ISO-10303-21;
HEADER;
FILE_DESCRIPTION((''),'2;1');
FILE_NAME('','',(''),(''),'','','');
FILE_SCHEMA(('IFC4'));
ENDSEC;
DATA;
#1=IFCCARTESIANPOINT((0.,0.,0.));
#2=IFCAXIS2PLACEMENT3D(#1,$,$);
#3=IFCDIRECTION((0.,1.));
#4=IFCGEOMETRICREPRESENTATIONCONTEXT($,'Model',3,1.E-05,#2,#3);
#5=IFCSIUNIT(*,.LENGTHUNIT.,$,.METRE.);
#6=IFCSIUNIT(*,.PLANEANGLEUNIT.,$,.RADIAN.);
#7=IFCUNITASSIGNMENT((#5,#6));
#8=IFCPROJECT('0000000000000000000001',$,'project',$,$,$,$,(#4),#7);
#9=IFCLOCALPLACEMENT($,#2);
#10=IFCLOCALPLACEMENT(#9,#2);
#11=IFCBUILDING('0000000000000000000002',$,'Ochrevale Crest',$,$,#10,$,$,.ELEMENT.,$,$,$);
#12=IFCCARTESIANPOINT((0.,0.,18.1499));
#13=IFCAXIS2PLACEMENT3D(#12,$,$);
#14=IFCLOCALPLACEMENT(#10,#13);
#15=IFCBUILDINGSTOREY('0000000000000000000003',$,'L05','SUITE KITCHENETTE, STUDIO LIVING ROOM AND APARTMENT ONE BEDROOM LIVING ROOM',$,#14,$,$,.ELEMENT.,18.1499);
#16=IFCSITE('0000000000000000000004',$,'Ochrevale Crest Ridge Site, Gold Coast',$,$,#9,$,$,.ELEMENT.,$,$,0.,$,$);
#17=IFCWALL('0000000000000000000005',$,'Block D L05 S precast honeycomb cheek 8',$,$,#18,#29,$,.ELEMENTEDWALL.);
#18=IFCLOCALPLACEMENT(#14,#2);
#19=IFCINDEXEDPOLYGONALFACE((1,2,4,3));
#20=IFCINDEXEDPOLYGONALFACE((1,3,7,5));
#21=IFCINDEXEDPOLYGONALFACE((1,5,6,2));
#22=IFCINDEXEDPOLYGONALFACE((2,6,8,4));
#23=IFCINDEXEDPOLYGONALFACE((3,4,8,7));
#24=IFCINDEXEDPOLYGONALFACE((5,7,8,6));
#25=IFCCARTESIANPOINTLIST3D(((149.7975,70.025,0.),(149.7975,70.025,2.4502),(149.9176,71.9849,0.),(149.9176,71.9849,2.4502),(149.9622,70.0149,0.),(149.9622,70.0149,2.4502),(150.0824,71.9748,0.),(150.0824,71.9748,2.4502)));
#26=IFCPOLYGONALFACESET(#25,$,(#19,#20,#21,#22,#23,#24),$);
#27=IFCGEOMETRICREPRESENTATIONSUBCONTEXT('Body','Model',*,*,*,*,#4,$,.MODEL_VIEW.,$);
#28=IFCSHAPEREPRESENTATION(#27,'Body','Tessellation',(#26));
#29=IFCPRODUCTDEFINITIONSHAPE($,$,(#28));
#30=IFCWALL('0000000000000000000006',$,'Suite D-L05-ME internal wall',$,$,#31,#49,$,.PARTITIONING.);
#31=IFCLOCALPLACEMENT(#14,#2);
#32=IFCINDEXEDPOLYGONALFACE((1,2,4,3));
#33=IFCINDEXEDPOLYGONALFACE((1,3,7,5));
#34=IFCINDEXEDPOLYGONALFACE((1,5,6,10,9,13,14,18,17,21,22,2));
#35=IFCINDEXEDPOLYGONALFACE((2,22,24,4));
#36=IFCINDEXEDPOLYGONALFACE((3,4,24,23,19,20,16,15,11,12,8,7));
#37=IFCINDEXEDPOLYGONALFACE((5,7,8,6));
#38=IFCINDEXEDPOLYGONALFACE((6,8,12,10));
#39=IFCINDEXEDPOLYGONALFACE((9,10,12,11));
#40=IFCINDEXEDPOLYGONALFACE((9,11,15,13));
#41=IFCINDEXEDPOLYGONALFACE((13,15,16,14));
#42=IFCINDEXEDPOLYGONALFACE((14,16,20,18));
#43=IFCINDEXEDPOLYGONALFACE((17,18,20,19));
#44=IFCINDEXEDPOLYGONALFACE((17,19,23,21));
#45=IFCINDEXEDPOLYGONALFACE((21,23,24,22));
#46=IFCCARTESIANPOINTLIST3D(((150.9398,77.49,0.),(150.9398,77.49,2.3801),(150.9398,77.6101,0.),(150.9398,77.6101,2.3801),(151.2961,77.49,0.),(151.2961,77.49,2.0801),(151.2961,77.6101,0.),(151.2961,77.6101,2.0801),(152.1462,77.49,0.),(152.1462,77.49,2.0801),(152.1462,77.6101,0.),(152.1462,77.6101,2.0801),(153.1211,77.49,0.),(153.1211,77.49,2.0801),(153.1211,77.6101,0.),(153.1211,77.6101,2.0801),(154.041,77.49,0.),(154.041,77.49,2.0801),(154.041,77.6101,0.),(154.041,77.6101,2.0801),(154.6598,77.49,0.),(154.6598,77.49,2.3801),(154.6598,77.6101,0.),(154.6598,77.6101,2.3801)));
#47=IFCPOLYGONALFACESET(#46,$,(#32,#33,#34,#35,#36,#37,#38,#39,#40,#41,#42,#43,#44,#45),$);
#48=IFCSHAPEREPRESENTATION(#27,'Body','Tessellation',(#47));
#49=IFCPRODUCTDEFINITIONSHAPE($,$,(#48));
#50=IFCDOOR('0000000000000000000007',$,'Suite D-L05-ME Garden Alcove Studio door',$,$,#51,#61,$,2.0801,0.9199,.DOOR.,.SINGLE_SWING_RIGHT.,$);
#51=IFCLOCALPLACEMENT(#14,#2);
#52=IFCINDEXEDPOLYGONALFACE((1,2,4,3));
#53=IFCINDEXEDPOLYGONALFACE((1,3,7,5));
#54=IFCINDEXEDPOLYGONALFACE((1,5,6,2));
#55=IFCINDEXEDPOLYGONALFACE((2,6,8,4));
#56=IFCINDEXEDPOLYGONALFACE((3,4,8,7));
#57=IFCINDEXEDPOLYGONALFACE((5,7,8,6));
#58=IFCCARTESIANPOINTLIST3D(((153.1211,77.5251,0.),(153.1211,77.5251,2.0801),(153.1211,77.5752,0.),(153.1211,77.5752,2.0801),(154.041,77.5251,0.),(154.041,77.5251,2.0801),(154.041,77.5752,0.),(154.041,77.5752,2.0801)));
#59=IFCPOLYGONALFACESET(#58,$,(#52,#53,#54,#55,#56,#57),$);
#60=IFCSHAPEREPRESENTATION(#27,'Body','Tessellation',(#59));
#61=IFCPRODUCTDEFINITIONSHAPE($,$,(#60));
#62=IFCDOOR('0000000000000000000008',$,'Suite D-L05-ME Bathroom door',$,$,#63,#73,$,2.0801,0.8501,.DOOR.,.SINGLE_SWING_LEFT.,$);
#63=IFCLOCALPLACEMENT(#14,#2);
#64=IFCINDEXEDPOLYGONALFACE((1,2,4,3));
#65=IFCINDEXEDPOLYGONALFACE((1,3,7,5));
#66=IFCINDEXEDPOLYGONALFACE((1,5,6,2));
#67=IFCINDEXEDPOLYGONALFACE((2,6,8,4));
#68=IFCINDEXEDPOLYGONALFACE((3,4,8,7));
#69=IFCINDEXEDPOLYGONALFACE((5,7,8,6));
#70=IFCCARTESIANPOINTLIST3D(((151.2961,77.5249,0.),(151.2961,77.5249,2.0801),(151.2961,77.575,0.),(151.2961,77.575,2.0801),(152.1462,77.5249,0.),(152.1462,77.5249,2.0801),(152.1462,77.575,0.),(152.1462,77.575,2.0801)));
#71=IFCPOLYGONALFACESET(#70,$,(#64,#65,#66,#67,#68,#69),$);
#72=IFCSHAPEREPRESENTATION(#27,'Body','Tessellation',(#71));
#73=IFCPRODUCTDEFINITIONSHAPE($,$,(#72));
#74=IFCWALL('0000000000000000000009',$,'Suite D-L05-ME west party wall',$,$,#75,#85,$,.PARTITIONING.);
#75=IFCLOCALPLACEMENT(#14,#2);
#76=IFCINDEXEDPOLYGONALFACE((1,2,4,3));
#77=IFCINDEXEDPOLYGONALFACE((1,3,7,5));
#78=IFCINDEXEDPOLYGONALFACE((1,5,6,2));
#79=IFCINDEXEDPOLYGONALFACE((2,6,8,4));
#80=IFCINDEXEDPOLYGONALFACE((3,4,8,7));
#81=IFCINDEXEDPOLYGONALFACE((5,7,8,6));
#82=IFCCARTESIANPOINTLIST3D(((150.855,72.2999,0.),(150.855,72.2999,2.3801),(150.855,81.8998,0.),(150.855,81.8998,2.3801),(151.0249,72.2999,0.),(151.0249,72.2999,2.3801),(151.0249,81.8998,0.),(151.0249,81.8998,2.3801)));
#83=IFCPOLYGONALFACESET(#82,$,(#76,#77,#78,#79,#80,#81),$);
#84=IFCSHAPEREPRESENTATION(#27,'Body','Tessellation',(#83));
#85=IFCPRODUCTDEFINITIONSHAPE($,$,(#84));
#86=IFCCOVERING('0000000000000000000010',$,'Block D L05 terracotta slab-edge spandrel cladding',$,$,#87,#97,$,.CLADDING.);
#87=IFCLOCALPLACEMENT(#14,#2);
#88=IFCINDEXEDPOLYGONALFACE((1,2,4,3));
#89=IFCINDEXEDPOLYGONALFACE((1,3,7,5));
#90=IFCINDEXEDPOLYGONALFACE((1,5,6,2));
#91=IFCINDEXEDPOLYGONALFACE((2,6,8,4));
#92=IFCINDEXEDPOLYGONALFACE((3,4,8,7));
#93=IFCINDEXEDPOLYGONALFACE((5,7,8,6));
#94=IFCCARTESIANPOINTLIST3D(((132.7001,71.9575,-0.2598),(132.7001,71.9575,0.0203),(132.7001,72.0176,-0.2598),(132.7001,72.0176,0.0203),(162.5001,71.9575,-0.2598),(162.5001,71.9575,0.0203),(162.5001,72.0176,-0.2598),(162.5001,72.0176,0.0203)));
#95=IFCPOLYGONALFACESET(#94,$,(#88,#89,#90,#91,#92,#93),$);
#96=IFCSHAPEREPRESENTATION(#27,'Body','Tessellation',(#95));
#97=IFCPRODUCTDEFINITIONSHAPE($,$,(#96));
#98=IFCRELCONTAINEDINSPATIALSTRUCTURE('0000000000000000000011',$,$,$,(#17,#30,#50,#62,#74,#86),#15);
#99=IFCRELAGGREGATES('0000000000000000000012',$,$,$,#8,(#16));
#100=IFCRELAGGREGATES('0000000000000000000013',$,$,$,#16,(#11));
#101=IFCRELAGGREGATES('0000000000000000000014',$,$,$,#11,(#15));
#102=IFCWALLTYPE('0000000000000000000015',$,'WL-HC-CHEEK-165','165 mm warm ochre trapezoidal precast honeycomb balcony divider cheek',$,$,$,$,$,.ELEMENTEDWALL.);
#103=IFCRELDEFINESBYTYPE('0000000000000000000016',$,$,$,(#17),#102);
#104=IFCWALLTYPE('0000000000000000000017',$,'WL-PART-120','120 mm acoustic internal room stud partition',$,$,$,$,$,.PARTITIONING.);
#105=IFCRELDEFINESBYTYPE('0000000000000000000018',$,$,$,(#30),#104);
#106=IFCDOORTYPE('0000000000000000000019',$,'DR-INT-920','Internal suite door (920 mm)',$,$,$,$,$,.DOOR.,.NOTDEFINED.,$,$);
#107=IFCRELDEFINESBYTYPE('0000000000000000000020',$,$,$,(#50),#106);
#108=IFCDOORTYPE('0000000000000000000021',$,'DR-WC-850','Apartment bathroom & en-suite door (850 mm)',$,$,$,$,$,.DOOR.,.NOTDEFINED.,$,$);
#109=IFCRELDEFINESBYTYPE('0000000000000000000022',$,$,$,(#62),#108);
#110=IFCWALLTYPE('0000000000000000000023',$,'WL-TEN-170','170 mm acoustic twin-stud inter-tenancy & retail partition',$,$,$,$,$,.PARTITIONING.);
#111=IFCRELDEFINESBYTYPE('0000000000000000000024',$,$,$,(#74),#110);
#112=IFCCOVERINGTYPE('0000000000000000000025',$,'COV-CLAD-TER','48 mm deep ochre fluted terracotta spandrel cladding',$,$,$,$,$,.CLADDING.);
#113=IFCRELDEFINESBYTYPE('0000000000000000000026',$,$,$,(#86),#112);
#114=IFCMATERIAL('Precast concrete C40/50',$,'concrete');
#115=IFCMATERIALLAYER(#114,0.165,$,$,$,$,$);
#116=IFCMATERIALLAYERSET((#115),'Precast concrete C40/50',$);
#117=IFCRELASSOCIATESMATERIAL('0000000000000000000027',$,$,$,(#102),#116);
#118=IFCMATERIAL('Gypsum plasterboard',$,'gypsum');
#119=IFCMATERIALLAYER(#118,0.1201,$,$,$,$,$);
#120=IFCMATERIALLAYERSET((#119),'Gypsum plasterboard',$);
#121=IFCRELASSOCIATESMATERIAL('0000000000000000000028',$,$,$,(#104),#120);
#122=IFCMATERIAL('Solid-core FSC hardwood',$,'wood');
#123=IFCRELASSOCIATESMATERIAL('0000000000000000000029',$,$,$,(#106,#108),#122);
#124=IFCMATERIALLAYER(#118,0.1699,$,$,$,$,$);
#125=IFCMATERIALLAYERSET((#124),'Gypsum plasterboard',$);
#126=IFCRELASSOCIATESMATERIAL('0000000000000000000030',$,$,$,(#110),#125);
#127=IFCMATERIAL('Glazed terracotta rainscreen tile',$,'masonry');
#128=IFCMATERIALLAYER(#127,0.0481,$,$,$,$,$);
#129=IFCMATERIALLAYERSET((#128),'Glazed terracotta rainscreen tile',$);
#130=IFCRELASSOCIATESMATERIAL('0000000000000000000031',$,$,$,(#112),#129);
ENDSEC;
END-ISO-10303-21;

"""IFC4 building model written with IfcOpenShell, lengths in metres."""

from ifc_helpers import new_model, si_unit, direction, frame, frame_2d, origin, origin_2d, place, context, subcontext, project, spatial, rectangle, extrude, material, layer, layer_set, type_object, element, fill, save


model = new_model("IFC4")

# Units and contexts
model_context = context("Model", 3, precision=1e-05, world=origin(), true_north=direction((0.0, 1.0)))
body_context = subcontext(model_context, "Body", "Model", "MODEL_VIEW")
ifc_project = project(units=[si_unit("LENGTHUNIT", "METRE"), si_unit("PLANEANGLEUNIT", "RADIAN")], contexts=[model_context])

# Site, building, storey
site_placement = place(None, origin())
site = spatial("IfcSite", under=ifc_project, at=site_placement, Name="Ochrevale Crest Ridge Site, Gold Coast", CompositionType="ELEMENT", RefElevation=0.0)
building_placement = place(site_placement, origin())
building = spatial("IfcBuilding", under=site, at=building_placement, Name="Ochrevale Crest", CompositionType="ELEMENT")
storey_placement = place(building_placement, frame((0.0, 0.0, 18.1499)))
storey = spatial("IfcBuildingStorey", under=building, at=storey_placement, Name="L05", Description="SUITE KITCHENETTE, STUDIO LIVING ROOM AND APARTMENT ONE BEDROOM LIVING ROOM", CompositionType="ELEMENT", Elevation=18.1499)

# Shared definitions
ifc_material_1 = material(Name="Precast concrete C40/50", Category="concrete")

# Wall
ifc_layer_1 = layer(ifc_material_1, 0.165)
ifc_layer_set_1 = layer_set([ifc_layer_1], Name="Precast concrete C40/50")
wall_type_1 = type_object("IfcWallType", Name="WL-HC-CHEEK-165", Description="165 mm warm ochre trapezoidal precast honeycomb balcony divider cheek", PredefinedType="ELEMENTEDWALL", material=ifc_layer_set_1)
for number, where, z_axis, x_axis, name in (
    (1, (150.0, 71.98, 0.0), (0.0, 0.0, 1.0), (-0.061171, -0.998127, 0.0), "Block D L05 S precast honeycomb cheek 8"),
):
    element("IfcWall", number, at=place(storey_placement, frame(where, z_axis=z_axis, x_axis=x_axis)), inside=storey, type_object=wall_type_1, Name=name, PredefinedType="ELEMENTEDWALL", context=body_context, shape_type="SweptSolid", body=[
        extrude(rectangle(XDim=1.9636, YDim=0.165, at=frame_2d((0.9819, 0.0))), origin(), (0.0, 0.0, 1.0), 2.4502),
    ])

# Wall, openings, doors
ifc_material_2 = material(Name="Gypsum plasterboard", Category="gypsum")
ifc_layer_2 = layer(ifc_material_2, 0.1201)
ifc_layer_set_2 = layer_set([ifc_layer_2], Name="Gypsum plasterboard")
wall_type_2 = type_object("IfcWallType", Name="WL-PART-120", Description="120 mm acoustic internal room stud partition", PredefinedType="PARTITIONING", material=ifc_layer_set_2)
wall_1_placement = place(storey_placement, frame((150.9399, 77.55, 0.0), z_axis=(0.0, 0.0, 1.0), x_axis=(1.0, 0.0, 0.0)))
wall_1 = element("IfcWall", 2, at=wall_1_placement, inside=storey, type_object=wall_type_2, Name="Suite D-L05-ME internal wall", PredefinedType="PARTITIONING", context=body_context, shape_type="SweptSolid", body=[
    extrude(rectangle(XDim=3.72, YDim=0.1201, at=frame_2d((1.8599, 0.0))), origin(), (0.0, 0.0, 1.0), 2.3801),
])
opening_1_placement = place(wall_1_placement, frame((0.3562, 0.0, 0.0)))
opening_1 = element("IfcOpeningElement", 3, at=opening_1_placement, cuts=wall_1, PredefinedType="OPENING", context=body_context, shape_type="SweptSolid", body=[
    extrude(rectangle(XDim=0.8501, YDim=2.0801, at=frame_2d((0.425, 1.04))), frame((0.0, 0.0701, 0.0), z_axis=(0.0, -1.0, 0.0), x_axis=(1.0, 0.0, 0.0)), (0.0, 0.0, 1.0), 0.1401),
])
opening_2_placement = place(wall_1_placement, frame((3.1011, 0.0, 0.0), z_axis=(0.0, 0.0, 1.0), x_axis=(-1.0, 0.0, 0.0)))
opening_2 = element("IfcOpeningElement", 4, at=opening_2_placement, cuts=wall_1, PredefinedType="OPENING", context=body_context, shape_type="SweptSolid", body=[
    extrude(rectangle(XDim=0.9199, YDim=2.0801, at=frame_2d((0.46, 1.04))), frame((0.0, 0.0701, 0.0), z_axis=(0.0, -1.0, 0.0), x_axis=(1.0, 0.0, 0.0)), (0.0, 0.0, 1.0), 0.1401),
])
ifc_material_3 = material(Name="Solid-core FSC hardwood", Category="wood")
door_type_1 = type_object("IfcDoorType", Name="DR-INT-920", Description="Internal suite door (920 mm)", OperationType="NOTDEFINED", PredefinedType="DOOR", material=ifc_material_3)
door_1_placement = place(opening_2_placement, origin())
door_1 = element("IfcDoor", 5, at=door_1_placement, inside=storey, type_object=door_type_1, Name="Suite D-L05-ME Garden Alcove Studio door", OperationType="SINGLE_SWING_RIGHT", OverallHeight=2.0801, OverallWidth=0.9199, PredefinedType="DOOR", context=body_context, shape_type="SweptSolid", body=[
    extrude(rectangle(XDim=0.9199, YDim=2.0801, at=frame_2d((0.46, 1.04))), frame((0.0, 0.0249, 0.0), z_axis=(0.0, -1.0, 0.0), x_axis=(1.0, 0.0, 0.0)), (0.0, 0.0, 1.0), 0.05),
])
fill(opening_2, door_1)
door_type_2 = type_object("IfcDoorType", Name="DR-WC-850", Description="Apartment bathroom & en-suite door (850 mm)", OperationType="NOTDEFINED", PredefinedType="DOOR", material=ifc_material_3)
door_2_placement = place(opening_1_placement, origin())
door_2 = element("IfcDoor", 6, at=door_2_placement, inside=storey, type_object=door_type_2, Name="Suite D-L05-ME Bathroom door", OperationType="SINGLE_SWING_LEFT", OverallHeight=2.0801, OverallWidth=0.8501, PredefinedType="DOOR", context=body_context, shape_type="SweptSolid", body=[
    extrude(rectangle(XDim=0.8501, YDim=2.0801, at=frame_2d((0.425, 1.04))), frame((0.0, 0.0249, 0.0), z_axis=(0.0, -1.0, 0.0), x_axis=(1.0, 0.0, 0.0)), (0.0, 0.0, 1.0), 0.05),
])
fill(opening_1, door_2)

# Wall
ifc_layer_3 = layer(ifc_material_2, 0.1699)
ifc_layer_set_3 = layer_set([ifc_layer_3], Name="Gypsum plasterboard")
wall_type_3 = type_object("IfcWallType", Name="WL-TEN-170", Description="170 mm acoustic twin-stud inter-tenancy & retail partition", PredefinedType="PARTITIONING", material=ifc_layer_set_3)
wall_2_placement = place(storey_placement, frame((150.9399, 72.3, 0.0), z_axis=(0.0, 0.0, 1.0), x_axis=(0.0, 1.0, 0.0)))
element("IfcWall", 7, at=wall_2_placement, inside=storey, type_object=wall_type_3, Name="Suite D-L05-ME west party wall", PredefinedType="PARTITIONING", context=body_context, shape_type="SweptSolid", body=[
    extrude(rectangle(XDim=9.5999, YDim=0.1699, at=frame_2d((4.7998, 0.0))), origin(), (0.0, 0.0, 1.0), 2.3801),
])

# Covering
ifc_material_4 = material(Name="Glazed terracotta rainscreen tile", Category="masonry")
ifc_layer_4 = layer(ifc_material_4, 0.0481)
ifc_layer_set_4 = layer_set([ifc_layer_4], Name="Glazed terracotta rainscreen tile")
covering_type = type_object("IfcCoveringType", Name="COV-CLAD-TER", Description="48 mm deep ochre fluted terracotta spandrel cladding", PredefinedType="CLADDING", material=ifc_layer_set_4)
covering_placement = place(storey_placement, frame((147.6001, 71.9875, -0.2598), z_axis=(0.0, 0.0, 1.0), x_axis=(1.0, 0.0, 0.0)))
element("IfcCovering", 8, at=covering_placement, inside=storey, type_object=covering_type, Name="Block D L05 terracotta slab-edge spandrel cladding", PredefinedType="CLADDING", context=body_context, shape_type="SweptSolid", body=[
    extrude(rectangle(XDim=29.8, YDim=0.0601, at=origin_2d()), origin(), (0.0, 0.0, 1.0), 0.28),
])

save(model, "model.ifc")
